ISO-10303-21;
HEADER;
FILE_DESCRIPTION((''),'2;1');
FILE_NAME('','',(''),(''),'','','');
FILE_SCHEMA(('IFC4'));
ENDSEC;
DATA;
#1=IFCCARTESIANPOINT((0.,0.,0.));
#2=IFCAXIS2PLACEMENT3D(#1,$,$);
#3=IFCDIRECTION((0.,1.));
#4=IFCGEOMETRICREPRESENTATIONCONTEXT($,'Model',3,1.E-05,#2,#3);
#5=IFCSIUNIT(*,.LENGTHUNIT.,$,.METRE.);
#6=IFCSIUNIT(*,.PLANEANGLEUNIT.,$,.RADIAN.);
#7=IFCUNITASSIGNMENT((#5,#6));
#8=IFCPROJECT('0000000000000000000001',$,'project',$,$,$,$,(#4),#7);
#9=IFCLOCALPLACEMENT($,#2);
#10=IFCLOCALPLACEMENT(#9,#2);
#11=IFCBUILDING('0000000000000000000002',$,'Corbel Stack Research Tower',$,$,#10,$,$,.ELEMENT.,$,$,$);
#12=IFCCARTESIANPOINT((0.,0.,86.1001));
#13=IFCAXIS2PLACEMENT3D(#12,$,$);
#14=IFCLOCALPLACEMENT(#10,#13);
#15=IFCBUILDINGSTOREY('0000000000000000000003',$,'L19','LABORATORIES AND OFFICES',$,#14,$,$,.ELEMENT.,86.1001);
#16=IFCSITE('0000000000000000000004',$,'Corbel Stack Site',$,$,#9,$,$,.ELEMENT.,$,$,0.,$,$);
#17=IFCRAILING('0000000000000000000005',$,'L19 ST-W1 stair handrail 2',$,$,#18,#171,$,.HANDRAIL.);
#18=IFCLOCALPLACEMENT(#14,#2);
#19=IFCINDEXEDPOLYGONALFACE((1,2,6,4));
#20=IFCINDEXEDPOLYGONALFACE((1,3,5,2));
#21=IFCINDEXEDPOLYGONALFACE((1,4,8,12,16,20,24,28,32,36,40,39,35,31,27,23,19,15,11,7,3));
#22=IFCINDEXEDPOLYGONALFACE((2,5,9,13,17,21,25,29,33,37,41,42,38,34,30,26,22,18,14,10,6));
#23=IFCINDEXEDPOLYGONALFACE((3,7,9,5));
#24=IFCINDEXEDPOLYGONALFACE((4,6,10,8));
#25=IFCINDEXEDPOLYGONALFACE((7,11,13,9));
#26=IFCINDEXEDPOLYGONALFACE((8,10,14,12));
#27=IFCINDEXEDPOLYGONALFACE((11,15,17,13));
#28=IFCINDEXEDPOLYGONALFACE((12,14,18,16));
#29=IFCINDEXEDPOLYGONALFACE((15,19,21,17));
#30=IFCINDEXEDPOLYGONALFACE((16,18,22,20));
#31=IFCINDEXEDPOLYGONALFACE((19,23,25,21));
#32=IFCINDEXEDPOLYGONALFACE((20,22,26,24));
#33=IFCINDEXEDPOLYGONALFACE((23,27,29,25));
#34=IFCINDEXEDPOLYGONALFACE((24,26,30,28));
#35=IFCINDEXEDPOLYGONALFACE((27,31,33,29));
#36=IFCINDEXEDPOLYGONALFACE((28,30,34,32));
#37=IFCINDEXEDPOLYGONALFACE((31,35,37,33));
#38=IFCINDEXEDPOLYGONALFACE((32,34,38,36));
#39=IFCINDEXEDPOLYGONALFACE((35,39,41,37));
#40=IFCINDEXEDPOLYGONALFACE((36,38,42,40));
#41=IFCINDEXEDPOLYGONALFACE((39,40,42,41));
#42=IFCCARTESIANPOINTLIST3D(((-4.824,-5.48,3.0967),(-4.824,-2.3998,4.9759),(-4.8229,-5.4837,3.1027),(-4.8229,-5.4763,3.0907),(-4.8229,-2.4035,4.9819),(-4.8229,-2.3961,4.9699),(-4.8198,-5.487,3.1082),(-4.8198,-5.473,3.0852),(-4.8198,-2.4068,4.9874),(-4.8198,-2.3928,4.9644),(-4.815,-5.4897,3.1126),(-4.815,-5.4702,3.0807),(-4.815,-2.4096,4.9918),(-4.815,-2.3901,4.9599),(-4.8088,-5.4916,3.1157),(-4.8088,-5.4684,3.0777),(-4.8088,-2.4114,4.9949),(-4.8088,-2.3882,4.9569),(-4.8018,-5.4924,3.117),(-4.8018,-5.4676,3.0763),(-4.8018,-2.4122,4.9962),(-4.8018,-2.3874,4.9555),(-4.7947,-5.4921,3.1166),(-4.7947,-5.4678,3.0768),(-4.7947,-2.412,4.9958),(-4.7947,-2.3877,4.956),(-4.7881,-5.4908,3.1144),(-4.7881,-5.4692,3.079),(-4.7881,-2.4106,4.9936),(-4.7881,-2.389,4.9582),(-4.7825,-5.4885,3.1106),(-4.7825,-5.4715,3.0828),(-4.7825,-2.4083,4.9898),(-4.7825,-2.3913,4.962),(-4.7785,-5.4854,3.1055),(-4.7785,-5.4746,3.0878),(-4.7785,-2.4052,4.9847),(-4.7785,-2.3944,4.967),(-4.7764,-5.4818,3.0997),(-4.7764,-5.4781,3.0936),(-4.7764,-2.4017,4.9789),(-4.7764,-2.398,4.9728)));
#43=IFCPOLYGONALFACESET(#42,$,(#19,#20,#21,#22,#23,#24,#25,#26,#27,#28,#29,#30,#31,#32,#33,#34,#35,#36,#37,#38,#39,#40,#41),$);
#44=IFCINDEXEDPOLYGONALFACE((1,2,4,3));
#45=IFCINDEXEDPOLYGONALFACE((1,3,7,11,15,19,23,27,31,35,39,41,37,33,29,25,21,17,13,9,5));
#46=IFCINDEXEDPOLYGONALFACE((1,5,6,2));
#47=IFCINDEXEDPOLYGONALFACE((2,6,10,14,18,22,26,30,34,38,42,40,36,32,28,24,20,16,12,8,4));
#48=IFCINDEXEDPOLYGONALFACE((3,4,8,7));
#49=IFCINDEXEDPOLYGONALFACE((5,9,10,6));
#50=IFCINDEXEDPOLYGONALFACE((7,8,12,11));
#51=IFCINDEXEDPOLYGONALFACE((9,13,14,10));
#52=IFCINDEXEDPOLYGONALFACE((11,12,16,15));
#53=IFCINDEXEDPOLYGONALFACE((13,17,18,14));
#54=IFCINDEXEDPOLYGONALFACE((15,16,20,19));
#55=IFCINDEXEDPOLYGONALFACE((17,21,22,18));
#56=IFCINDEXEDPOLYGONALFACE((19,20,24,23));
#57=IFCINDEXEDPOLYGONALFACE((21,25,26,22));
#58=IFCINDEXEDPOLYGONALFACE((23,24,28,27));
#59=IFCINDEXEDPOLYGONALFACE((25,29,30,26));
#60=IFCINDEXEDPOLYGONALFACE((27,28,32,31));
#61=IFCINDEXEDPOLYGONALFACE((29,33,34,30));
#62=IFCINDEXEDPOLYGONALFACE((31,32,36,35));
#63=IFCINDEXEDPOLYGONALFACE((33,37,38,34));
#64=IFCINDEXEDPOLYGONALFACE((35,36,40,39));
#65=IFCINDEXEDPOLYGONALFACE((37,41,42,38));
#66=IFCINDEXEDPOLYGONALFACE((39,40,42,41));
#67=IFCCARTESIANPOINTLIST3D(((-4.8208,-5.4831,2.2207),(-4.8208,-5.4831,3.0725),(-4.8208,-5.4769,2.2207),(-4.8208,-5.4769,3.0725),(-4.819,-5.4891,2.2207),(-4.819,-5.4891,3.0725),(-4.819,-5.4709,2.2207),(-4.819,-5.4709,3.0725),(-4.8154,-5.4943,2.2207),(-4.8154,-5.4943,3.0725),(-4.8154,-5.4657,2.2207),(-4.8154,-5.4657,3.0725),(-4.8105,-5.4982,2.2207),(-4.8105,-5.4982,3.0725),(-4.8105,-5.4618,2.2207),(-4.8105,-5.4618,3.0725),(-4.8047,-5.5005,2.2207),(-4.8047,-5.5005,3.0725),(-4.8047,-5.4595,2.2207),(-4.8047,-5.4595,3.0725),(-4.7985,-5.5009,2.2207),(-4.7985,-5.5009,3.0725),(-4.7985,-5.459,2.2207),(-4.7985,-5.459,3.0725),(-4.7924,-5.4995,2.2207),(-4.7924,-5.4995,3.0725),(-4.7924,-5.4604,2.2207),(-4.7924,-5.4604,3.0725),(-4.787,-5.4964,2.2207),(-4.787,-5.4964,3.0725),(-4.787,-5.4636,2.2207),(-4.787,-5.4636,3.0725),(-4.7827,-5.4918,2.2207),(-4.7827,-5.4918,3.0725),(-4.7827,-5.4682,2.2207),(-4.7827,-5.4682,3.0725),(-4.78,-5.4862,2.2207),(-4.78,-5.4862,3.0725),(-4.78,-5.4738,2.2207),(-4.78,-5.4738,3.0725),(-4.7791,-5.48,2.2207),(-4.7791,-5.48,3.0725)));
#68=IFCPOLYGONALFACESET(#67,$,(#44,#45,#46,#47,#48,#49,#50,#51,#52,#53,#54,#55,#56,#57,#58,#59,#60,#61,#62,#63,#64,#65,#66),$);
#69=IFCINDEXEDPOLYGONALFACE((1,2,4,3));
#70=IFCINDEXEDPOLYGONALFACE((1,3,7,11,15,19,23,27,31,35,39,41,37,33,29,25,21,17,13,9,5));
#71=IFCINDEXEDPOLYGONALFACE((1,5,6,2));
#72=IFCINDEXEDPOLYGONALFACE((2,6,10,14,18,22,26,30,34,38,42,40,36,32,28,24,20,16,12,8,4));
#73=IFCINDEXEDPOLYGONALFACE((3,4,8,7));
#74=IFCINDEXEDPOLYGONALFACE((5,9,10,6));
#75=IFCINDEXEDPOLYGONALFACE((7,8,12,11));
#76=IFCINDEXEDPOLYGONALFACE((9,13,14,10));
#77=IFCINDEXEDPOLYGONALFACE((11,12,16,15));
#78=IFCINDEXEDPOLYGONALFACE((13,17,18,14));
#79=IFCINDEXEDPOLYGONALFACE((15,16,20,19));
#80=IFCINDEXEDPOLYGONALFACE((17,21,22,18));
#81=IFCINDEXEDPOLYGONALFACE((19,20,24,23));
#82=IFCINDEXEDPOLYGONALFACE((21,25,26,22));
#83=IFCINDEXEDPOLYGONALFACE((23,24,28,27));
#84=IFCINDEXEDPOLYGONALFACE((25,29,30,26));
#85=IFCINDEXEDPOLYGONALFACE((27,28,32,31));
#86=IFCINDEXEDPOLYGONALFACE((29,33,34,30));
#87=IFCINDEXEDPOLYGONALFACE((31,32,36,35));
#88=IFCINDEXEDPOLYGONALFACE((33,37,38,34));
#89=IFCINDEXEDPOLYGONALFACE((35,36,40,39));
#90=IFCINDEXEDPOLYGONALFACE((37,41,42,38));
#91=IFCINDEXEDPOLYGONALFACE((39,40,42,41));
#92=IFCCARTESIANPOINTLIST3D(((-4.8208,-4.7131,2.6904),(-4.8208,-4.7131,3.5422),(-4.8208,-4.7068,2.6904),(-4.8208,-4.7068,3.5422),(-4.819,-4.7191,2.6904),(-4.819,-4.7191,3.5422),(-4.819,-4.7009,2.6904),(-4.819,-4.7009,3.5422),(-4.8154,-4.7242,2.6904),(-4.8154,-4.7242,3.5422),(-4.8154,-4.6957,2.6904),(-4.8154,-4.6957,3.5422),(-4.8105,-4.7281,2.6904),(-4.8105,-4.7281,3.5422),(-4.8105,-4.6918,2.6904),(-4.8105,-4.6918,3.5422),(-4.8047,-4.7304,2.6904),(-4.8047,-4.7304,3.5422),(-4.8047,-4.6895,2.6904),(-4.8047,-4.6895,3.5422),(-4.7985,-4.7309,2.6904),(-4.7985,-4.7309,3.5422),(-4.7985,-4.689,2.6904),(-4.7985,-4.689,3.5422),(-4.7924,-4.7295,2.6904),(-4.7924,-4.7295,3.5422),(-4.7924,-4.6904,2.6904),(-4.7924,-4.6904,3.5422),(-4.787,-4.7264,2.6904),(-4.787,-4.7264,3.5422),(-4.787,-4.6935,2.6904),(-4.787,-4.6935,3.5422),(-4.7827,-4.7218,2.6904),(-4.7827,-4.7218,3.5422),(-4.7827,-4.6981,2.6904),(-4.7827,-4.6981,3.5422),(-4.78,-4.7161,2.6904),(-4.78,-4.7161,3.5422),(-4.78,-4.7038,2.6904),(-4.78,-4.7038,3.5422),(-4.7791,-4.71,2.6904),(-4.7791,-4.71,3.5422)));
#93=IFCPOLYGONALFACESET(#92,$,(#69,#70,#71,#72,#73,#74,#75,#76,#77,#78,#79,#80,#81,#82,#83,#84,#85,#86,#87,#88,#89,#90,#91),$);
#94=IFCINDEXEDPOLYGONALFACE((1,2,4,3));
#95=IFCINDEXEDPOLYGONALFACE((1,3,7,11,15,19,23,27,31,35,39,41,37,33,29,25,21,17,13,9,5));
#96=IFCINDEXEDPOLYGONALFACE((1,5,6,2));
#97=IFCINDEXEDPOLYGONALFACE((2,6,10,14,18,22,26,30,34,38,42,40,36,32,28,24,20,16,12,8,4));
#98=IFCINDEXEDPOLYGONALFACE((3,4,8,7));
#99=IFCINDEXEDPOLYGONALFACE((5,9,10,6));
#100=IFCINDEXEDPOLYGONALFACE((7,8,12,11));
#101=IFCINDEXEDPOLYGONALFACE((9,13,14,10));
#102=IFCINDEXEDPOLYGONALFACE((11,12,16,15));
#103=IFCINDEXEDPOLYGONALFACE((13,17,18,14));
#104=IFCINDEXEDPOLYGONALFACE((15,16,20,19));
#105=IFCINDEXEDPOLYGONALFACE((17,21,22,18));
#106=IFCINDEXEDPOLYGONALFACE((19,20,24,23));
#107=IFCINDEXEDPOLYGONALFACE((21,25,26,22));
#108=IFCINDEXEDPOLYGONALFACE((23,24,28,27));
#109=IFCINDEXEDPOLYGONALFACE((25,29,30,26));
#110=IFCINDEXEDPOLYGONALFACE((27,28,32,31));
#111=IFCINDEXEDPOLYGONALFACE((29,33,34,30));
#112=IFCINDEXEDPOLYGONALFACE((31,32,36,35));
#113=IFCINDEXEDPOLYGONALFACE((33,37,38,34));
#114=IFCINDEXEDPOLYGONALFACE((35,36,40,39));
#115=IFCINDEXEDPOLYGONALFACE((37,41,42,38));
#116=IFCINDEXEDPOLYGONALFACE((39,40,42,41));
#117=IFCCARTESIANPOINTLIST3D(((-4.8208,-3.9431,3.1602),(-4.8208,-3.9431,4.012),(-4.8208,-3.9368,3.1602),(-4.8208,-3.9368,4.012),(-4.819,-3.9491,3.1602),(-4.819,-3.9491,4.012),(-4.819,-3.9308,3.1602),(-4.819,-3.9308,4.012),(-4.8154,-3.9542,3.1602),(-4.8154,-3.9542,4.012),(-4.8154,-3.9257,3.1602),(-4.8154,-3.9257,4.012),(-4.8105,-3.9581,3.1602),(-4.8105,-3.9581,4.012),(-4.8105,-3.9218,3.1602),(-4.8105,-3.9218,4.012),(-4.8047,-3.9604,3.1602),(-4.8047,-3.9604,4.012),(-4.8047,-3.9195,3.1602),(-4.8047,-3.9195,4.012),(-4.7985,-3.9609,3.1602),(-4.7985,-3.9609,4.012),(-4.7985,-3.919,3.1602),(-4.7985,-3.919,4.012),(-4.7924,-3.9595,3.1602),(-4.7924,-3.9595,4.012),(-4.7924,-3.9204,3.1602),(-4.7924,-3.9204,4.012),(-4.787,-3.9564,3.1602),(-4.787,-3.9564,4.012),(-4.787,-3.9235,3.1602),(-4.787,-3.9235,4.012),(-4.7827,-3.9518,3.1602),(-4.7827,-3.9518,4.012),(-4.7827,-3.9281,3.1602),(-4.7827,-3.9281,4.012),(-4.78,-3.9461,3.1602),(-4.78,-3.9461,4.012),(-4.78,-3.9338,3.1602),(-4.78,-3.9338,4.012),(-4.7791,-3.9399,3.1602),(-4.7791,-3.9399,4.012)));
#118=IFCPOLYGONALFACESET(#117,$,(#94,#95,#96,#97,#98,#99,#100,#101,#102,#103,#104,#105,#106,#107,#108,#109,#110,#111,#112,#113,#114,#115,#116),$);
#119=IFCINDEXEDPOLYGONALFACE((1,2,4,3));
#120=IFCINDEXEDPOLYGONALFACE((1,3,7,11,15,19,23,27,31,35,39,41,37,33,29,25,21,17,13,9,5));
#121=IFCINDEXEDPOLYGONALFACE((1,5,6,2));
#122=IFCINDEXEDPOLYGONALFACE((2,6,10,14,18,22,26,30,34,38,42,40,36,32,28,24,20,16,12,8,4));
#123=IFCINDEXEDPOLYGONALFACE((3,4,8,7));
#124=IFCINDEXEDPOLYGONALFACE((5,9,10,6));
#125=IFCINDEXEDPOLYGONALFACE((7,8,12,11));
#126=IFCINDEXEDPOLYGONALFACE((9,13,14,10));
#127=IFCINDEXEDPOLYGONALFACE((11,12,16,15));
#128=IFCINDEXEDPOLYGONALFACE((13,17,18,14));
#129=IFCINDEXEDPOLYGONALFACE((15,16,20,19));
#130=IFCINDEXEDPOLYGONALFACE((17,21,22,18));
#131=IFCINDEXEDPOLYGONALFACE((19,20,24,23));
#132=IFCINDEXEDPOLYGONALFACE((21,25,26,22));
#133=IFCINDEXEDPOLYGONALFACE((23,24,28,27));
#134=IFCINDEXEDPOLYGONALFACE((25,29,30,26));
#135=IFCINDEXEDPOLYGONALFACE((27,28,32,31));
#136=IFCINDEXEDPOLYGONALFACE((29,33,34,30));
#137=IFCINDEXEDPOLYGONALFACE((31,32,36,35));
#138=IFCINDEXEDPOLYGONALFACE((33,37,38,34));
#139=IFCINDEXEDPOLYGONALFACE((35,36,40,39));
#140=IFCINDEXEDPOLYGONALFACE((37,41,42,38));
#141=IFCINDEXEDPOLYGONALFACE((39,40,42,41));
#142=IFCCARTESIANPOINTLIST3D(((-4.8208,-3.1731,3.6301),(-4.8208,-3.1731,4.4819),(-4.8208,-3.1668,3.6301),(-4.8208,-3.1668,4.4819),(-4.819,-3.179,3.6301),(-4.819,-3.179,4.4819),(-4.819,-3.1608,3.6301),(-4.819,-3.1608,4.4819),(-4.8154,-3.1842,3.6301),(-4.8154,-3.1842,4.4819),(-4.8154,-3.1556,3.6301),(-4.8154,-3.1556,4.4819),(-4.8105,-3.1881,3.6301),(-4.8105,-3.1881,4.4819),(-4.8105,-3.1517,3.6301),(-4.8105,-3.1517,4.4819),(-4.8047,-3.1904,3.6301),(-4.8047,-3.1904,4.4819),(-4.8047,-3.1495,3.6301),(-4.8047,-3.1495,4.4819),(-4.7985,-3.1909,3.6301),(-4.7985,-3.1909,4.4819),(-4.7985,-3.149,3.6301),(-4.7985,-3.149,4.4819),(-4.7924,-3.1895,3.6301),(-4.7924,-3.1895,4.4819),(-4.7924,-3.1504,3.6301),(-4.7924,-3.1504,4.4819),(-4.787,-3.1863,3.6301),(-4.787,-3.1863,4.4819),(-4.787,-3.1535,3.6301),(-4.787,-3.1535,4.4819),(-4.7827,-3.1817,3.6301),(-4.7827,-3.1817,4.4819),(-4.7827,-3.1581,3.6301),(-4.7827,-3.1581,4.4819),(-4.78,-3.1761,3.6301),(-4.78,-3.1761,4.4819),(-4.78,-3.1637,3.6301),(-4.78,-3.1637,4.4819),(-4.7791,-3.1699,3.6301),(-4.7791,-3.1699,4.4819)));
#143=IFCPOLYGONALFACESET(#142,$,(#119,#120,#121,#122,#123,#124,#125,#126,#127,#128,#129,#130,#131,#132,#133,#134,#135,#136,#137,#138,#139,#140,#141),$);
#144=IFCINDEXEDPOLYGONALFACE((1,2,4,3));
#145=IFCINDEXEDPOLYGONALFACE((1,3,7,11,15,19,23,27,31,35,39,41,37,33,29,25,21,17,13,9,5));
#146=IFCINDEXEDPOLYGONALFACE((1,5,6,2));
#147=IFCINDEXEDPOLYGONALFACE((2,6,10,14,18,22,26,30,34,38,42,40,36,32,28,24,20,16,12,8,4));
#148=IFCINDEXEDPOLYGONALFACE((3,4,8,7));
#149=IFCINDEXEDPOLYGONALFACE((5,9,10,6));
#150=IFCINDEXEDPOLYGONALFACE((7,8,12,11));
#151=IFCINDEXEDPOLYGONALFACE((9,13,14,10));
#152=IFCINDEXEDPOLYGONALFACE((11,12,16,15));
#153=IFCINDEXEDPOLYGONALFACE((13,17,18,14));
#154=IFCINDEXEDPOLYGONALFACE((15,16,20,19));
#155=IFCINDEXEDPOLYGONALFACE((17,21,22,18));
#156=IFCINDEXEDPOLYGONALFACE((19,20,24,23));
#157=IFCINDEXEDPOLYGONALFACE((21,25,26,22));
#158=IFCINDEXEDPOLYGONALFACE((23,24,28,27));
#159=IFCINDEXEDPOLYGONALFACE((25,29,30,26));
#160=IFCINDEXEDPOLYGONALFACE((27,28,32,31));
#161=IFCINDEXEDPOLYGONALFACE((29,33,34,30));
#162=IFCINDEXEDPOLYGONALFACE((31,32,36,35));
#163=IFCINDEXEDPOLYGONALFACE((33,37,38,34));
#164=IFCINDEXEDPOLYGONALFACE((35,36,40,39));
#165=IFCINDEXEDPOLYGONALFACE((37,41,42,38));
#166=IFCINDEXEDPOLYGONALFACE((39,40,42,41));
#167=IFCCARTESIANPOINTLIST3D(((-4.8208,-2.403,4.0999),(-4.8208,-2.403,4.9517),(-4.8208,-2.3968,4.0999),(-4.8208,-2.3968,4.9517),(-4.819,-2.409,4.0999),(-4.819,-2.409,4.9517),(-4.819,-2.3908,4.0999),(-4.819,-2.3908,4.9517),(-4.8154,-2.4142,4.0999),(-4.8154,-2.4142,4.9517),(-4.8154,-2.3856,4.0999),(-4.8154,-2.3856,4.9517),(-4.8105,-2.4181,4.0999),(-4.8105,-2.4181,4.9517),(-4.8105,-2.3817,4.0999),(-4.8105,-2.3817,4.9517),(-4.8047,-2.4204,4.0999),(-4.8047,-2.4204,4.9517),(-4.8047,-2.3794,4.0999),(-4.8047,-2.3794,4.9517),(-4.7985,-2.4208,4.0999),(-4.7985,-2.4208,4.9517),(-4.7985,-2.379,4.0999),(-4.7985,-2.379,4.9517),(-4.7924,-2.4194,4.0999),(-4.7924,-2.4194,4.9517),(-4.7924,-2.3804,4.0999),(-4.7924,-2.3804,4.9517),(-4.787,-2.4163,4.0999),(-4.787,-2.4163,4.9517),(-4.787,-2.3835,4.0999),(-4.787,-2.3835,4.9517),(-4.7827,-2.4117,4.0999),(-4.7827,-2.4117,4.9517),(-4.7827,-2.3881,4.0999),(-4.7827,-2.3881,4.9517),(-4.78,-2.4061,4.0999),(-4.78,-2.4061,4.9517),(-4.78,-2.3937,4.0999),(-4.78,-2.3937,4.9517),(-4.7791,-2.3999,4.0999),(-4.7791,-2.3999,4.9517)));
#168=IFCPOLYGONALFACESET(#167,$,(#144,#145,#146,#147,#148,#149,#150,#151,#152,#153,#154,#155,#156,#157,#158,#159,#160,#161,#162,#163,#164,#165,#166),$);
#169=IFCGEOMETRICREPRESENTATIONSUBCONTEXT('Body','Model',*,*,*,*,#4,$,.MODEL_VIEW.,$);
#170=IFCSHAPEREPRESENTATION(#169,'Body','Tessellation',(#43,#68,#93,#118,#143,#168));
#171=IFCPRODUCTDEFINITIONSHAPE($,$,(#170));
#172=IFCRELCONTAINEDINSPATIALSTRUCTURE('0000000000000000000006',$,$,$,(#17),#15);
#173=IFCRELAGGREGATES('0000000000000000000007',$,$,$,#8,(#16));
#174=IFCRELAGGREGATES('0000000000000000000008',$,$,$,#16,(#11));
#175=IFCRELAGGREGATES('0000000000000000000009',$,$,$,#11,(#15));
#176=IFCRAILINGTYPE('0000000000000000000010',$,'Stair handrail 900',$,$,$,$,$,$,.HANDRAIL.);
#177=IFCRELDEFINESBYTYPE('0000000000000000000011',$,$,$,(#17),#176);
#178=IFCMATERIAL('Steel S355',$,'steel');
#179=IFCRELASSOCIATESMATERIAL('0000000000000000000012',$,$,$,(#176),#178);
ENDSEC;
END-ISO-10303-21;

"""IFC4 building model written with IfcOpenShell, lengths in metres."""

from ifc_helpers import new_model, si_unit, direction, frame, origin, origin_2d, place, context, subcontext, project, spatial, circle, extrude, material, type_object, element, save


model = new_model("IFC4")

# Units and contexts
model_context = context("Model", 3, precision=1e-05, world=origin(), true_north=direction((0.0, 1.0)))
body_context = subcontext(model_context, "Body", "Model", "MODEL_VIEW")
ifc_project = project(units=[si_unit("LENGTHUNIT", "METRE"), si_unit("PLANEANGLEUNIT", "RADIAN")], contexts=[model_context])

# Site, building, storey
site_placement = place(None, origin())
site = spatial("IfcSite", under=ifc_project, at=site_placement, Name="Corbel Stack Site", CompositionType="ELEMENT", RefElevation=0.0)
building_placement = place(site_placement, origin())
building = spatial("IfcBuilding", under=site, at=building_placement, Name="Corbel Stack Research Tower", CompositionType="ELEMENT")
storey_placement = place(building_placement, frame((0.0, 0.0, 86.1001)))
storey = spatial("IfcBuildingStorey", under=building, at=storey_placement, Name="L19", Description="LABORATORIES AND OFFICES", CompositionType="ELEMENT", Elevation=86.1001)

# Railing
ifc_material_1 = material(Name="Steel S355", Category="steel")
railing_type_1 = type_object("IfcRailingType", Name="Stair handrail 900", PredefinedType="HANDRAIL", material=ifc_material_1)
railing_1_placement = place(storey_placement, frame((-4.8, -5.48, 2.2207)))
element("IfcRailing", 1, at=railing_1_placement, inside=storey, type_object=railing_type_1, Name="L19 ST-W1 stair handrail 2", PredefinedType="HANDRAIL", context=body_context, shape_type="SweptSolid", body=[
    extrude(circle(Radius=0.0239, at=origin_2d()), frame((0.0, 0.0, 0.876), z_axis=(0.0, 0.853666, 0.52082), x_axis=(-1.0, 0.0, 0.0)), (0.0, 0.0, 1.0), 3.6082),
    extrude(circle(Radius=0.021, at=origin_2d()), origin(), (0.0, 0.0, 1.0), 0.8518),
    extrude(circle(Radius=0.021, at=origin_2d()), frame((0.0, 0.77, 0.4697)), (0.0, 0.0, 1.0), 0.8518),
    extrude(circle(Radius=0.021, at=origin_2d()), frame((0.0, 1.54, 0.9395)), (0.0, 0.0, 1.0), 0.8518),
    extrude(circle(Radius=0.021, at=origin_2d()), frame((0.0, 2.3101, 1.4094)), (0.0, 0.0, 1.0), 0.8518),
    extrude(circle(Radius=0.021, at=origin_2d()), frame((0.0, 3.0801, 1.8792)), (0.0, 0.0, 1.0), 0.8518),
])

save(model, "model.ifc")
